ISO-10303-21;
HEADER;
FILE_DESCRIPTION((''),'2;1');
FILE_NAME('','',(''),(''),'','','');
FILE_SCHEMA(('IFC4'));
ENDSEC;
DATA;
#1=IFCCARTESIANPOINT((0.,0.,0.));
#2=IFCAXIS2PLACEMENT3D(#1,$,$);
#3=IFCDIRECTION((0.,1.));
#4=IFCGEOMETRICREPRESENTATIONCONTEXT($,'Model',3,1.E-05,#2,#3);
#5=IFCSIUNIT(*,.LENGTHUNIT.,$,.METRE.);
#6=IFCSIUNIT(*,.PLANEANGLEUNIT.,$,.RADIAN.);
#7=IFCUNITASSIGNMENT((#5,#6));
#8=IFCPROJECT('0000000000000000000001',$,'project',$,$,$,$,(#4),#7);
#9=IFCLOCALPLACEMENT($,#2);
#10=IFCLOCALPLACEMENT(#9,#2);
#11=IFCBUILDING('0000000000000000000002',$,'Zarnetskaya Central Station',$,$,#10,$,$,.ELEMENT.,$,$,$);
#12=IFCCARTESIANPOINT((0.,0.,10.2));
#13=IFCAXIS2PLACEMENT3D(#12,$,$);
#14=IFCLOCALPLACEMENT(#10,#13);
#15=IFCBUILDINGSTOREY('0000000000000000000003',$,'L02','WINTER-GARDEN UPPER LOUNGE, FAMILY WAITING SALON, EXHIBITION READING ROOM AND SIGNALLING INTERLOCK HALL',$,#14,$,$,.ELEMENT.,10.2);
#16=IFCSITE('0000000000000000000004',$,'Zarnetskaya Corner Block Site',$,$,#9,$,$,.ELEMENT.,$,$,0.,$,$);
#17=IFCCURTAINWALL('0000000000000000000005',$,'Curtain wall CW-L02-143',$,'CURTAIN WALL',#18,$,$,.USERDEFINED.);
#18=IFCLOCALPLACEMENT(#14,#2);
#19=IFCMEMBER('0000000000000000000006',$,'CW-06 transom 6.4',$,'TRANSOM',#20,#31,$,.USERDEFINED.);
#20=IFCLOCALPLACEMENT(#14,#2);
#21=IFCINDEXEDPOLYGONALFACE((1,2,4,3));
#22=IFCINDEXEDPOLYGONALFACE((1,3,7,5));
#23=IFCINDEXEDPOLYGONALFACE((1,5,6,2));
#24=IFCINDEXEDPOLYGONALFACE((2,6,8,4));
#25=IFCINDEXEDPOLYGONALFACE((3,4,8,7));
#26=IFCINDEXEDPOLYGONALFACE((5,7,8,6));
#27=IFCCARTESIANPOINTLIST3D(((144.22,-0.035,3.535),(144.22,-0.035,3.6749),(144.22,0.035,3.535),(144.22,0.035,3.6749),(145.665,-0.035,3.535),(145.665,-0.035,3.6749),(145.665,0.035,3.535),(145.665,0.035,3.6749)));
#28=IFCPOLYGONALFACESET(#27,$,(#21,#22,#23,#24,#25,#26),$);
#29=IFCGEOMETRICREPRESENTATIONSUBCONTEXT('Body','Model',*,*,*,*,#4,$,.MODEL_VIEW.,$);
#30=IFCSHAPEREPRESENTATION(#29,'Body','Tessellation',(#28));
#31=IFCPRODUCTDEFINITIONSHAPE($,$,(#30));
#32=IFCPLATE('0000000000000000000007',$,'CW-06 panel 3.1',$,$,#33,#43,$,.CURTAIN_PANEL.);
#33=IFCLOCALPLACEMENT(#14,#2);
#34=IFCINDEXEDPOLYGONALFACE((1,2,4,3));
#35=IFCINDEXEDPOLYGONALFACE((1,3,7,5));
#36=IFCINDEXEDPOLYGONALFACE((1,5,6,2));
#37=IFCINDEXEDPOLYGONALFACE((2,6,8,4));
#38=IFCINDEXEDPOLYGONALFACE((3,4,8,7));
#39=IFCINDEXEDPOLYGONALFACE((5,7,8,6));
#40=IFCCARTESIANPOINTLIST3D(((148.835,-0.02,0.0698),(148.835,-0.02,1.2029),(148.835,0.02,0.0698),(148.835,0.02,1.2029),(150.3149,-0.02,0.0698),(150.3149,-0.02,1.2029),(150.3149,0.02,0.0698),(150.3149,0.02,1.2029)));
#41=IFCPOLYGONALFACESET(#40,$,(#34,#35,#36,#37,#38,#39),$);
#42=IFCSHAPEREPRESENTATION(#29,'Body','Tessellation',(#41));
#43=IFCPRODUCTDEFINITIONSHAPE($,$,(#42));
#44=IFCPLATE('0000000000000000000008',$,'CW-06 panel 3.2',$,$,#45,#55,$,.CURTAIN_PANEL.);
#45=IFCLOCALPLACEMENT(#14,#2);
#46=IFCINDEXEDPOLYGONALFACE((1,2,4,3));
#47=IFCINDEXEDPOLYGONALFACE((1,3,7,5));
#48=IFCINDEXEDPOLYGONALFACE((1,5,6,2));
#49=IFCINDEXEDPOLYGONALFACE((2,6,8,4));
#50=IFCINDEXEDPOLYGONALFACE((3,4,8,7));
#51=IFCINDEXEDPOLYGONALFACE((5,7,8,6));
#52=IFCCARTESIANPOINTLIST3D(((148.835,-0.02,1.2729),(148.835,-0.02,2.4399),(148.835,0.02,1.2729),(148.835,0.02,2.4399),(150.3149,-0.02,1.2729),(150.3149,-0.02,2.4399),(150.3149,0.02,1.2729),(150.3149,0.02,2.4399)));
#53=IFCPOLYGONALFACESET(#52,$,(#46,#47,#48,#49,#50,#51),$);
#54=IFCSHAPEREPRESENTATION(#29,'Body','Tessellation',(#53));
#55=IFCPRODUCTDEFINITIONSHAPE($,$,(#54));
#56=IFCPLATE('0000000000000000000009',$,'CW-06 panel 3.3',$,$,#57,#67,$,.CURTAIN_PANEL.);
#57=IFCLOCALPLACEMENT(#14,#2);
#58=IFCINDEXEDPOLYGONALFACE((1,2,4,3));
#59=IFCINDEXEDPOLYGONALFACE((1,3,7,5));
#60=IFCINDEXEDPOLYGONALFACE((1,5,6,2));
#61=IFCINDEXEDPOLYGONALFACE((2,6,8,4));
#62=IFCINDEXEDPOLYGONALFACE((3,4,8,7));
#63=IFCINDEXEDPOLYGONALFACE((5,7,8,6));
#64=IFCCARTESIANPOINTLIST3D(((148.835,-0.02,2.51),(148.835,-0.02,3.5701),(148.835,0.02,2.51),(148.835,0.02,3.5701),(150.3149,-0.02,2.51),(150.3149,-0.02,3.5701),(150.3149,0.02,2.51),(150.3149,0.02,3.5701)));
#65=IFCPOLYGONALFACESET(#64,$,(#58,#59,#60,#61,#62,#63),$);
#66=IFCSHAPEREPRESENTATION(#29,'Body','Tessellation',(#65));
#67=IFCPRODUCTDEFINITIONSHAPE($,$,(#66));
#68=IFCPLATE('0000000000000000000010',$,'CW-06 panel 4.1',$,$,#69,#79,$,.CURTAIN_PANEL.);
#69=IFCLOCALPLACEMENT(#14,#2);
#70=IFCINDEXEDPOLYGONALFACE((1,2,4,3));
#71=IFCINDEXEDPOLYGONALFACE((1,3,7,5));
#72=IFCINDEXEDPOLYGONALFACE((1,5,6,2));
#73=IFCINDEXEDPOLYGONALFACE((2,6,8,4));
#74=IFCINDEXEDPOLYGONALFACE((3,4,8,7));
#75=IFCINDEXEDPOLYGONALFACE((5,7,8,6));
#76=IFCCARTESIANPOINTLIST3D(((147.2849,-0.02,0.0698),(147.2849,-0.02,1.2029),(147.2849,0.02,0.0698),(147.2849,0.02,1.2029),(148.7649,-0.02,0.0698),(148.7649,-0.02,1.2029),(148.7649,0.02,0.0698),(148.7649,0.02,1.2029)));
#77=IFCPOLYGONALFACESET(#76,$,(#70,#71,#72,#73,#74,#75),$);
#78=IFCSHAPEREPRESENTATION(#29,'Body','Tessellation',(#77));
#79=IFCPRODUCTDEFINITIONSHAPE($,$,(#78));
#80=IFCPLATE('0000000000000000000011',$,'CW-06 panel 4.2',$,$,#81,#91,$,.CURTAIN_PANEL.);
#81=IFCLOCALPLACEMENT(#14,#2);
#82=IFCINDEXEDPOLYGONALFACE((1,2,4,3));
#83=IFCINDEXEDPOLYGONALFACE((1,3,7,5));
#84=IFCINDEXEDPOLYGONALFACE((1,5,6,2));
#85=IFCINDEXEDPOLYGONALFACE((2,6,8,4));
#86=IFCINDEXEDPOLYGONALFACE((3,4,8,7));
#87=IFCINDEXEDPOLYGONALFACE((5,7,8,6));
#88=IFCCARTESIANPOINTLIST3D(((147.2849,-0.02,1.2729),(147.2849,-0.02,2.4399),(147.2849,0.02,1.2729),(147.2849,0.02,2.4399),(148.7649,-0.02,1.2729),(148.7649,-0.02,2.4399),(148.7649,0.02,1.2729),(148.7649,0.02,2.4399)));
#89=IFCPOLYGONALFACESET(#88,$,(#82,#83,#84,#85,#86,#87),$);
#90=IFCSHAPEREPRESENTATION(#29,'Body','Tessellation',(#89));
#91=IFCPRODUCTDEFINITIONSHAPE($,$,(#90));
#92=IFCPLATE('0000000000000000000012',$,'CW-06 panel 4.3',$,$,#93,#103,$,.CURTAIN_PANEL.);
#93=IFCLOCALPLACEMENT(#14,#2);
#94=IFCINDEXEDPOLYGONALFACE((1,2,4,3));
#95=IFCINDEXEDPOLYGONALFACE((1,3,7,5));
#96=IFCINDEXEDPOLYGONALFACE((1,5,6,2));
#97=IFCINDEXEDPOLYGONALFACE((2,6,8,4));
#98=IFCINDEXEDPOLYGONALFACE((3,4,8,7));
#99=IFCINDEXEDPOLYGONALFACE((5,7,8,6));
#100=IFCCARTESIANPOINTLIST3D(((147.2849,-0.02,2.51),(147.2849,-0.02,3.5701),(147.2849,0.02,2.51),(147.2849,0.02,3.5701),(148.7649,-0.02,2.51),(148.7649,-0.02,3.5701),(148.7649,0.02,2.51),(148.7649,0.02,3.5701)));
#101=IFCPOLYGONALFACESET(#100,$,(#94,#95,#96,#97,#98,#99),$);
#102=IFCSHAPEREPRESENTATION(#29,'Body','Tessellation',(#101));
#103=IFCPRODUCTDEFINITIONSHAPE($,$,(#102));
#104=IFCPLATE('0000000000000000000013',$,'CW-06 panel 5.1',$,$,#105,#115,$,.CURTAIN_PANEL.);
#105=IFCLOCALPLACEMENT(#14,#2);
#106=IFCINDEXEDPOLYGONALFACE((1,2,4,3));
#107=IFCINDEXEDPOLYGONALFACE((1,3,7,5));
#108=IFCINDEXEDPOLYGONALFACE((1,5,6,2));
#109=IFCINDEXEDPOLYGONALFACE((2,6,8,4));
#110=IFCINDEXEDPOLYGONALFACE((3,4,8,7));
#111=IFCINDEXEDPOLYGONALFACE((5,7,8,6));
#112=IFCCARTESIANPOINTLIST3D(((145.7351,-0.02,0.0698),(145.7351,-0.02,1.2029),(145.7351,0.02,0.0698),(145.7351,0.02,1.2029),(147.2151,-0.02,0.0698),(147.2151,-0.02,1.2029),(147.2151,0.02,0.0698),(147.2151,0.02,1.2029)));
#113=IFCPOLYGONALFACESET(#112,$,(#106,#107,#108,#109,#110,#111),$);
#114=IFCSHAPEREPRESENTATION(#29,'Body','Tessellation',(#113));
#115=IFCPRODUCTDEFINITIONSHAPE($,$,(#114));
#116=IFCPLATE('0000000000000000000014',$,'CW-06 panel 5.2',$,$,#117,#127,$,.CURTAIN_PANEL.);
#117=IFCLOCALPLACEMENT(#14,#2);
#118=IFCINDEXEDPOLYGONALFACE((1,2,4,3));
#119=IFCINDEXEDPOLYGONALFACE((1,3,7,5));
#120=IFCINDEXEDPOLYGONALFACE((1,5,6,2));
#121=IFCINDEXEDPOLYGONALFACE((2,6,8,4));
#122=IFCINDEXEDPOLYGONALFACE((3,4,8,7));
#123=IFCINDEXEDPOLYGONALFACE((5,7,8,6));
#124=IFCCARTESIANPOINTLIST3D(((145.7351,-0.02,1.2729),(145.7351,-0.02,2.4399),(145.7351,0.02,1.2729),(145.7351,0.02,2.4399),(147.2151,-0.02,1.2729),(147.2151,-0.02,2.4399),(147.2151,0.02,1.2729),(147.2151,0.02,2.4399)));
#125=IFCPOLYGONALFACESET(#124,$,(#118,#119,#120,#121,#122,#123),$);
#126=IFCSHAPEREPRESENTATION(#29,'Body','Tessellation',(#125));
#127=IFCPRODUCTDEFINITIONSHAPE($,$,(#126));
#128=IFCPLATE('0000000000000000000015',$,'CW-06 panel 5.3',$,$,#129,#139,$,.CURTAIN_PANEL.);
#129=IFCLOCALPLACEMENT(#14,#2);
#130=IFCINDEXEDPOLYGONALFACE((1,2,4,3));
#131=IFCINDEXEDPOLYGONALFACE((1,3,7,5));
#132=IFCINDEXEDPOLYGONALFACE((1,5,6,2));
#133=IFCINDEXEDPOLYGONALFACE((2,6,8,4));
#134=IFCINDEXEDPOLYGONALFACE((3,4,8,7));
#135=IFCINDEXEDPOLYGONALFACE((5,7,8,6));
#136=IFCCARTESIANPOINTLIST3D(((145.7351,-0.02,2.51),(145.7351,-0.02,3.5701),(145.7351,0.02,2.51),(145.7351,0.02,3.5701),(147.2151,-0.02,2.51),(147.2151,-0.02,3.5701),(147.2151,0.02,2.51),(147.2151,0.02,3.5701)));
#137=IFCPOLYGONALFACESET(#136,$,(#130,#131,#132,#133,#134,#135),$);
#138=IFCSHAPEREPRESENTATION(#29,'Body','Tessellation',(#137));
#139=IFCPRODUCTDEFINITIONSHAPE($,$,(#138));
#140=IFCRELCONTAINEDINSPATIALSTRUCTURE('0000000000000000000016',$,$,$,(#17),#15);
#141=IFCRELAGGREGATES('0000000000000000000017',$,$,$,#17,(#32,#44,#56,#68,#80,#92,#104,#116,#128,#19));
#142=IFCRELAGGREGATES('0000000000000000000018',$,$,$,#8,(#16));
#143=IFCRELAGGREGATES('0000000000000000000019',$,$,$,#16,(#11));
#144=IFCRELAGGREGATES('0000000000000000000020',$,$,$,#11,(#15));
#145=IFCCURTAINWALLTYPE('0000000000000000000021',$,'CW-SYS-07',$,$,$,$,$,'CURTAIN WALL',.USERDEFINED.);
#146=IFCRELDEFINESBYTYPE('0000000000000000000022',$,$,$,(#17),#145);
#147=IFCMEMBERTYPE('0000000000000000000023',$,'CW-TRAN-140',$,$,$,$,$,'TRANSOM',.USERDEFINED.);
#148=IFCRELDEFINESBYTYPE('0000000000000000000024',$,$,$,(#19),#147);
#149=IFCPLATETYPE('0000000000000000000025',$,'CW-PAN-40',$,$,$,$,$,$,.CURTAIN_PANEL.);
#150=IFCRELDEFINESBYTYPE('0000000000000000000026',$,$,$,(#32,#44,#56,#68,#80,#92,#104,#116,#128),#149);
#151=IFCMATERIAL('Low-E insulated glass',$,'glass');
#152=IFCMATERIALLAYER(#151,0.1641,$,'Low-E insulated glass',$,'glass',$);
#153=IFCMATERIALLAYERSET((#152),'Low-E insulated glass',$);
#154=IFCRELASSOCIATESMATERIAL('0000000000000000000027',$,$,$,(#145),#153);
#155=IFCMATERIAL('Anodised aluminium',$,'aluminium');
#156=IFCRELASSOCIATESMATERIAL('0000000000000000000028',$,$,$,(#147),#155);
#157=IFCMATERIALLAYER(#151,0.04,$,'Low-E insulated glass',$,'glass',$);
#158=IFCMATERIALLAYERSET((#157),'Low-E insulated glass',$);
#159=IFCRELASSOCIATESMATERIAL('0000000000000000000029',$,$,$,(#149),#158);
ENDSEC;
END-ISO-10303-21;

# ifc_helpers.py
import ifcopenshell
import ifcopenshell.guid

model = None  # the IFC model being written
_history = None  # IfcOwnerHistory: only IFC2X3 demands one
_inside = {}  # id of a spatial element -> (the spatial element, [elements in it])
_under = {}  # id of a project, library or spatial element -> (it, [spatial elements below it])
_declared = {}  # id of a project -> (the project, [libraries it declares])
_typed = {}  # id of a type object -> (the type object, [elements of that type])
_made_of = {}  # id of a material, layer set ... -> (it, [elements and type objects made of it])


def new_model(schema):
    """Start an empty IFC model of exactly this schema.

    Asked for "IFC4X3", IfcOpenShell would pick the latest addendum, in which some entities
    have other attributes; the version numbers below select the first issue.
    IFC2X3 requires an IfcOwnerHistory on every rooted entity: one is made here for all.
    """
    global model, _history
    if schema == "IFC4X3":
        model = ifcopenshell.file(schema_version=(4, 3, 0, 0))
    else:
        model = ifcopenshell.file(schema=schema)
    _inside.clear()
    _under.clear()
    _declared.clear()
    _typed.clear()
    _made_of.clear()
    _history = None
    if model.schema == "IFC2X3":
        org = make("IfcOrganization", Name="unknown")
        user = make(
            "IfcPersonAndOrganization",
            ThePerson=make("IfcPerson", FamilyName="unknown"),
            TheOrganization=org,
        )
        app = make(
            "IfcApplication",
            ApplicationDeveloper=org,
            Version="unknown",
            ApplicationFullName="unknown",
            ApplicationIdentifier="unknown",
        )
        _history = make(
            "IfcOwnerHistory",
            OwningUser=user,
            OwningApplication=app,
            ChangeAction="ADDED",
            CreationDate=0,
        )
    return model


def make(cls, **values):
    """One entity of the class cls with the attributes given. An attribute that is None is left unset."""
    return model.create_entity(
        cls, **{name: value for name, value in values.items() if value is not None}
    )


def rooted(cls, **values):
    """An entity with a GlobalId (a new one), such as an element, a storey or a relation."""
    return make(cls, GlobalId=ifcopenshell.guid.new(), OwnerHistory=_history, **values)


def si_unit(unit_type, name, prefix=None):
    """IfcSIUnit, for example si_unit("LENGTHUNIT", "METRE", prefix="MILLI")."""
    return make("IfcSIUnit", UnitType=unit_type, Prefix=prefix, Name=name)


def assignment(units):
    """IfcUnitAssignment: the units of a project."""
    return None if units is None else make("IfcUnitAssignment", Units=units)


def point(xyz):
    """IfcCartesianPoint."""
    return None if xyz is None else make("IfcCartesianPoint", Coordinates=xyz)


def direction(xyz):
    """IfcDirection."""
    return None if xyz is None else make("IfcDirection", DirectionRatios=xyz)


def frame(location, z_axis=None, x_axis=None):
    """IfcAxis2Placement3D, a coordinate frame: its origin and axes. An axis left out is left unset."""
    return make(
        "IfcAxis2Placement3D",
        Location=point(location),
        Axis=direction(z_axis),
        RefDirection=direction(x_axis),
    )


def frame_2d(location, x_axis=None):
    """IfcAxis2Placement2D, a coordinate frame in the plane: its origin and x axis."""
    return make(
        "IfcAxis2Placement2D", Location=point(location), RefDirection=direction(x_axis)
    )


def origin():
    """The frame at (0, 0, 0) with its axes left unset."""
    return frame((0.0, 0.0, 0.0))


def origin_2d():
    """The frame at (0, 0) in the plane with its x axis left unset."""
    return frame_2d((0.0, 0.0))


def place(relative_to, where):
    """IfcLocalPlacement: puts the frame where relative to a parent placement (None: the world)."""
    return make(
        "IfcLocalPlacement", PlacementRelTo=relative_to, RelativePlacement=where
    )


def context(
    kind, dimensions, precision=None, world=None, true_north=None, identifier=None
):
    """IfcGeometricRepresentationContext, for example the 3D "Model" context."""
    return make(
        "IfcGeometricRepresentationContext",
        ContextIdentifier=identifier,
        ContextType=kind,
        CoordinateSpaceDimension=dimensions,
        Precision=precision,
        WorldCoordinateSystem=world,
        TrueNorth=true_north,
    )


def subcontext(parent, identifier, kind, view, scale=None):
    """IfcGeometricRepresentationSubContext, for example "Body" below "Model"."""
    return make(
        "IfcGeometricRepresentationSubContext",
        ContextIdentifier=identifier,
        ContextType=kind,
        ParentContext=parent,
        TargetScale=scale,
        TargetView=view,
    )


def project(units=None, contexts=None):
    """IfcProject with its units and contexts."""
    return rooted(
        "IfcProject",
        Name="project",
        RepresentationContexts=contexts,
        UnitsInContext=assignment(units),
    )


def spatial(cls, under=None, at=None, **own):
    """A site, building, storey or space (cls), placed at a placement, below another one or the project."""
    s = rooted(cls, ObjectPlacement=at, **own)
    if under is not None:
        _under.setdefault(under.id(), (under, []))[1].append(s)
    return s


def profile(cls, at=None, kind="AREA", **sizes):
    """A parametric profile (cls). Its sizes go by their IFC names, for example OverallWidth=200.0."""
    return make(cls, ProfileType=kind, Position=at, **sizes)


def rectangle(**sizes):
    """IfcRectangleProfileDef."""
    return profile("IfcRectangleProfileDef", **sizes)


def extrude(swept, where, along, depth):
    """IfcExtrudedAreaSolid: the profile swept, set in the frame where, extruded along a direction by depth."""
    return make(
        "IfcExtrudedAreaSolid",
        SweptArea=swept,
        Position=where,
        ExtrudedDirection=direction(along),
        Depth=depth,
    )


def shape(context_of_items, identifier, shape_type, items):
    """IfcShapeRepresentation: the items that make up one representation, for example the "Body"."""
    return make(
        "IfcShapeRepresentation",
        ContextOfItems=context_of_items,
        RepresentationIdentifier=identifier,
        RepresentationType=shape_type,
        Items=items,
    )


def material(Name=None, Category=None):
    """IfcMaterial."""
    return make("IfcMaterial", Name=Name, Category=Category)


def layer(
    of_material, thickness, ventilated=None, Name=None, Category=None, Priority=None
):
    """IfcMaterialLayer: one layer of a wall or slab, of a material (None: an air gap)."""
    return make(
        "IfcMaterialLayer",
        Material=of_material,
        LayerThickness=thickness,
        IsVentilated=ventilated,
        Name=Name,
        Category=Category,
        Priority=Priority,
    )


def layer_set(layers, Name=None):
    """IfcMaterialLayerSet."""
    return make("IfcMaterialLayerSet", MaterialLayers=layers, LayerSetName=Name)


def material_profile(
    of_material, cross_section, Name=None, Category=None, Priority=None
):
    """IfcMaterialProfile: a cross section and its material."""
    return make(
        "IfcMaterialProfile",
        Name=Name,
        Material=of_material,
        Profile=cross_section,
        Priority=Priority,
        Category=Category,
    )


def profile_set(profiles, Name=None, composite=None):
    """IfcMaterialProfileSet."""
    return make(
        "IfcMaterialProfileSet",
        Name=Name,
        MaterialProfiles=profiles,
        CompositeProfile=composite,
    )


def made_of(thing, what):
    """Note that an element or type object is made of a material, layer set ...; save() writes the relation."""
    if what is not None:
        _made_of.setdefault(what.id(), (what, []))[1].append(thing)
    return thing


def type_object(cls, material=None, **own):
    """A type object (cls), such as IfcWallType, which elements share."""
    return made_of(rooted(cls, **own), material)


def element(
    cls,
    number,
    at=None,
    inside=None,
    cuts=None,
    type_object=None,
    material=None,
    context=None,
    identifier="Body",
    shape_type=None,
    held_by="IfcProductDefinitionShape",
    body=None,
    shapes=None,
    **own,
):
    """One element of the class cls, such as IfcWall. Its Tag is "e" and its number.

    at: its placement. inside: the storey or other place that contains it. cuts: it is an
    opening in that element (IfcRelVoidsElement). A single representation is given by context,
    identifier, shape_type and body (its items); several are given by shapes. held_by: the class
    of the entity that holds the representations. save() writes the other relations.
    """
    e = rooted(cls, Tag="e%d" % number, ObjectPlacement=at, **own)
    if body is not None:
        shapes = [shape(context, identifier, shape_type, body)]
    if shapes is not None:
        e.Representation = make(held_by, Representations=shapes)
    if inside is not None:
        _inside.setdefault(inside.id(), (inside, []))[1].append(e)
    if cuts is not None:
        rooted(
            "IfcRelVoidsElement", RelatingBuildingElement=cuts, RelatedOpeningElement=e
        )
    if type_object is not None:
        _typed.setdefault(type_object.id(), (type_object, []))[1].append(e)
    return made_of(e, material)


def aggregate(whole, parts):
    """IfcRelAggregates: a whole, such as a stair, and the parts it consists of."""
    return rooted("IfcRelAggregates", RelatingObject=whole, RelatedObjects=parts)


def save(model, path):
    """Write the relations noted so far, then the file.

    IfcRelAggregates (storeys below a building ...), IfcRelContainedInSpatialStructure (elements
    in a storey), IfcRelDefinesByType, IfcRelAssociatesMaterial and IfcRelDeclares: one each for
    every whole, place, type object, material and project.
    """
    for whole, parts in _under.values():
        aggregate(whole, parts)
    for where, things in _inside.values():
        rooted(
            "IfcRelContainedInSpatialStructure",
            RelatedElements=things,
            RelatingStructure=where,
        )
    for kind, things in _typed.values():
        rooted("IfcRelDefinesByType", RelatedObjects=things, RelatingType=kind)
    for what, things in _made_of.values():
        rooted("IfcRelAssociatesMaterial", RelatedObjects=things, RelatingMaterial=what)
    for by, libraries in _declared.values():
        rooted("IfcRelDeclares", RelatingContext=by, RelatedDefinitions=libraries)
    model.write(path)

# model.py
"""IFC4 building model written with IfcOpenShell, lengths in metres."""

from ifc_helpers import new_model, si_unit, direction, frame, origin, origin_2d, place, context, subcontext, project, spatial, rectangle, extrude, material, layer, layer_set, material_profile, profile_set, type_object, element, aggregate, save


model = new_model("IFC4")

# Units and contexts
model_context = context("Model", 3, precision=1e-05, world=origin(), true_north=direction((0.0, 1.0)))
body_context = subcontext(model_context, "Body", "Model", "MODEL_VIEW")
ifc_project = project(units=[si_unit("LENGTHUNIT", "METRE"), si_unit("PLANEANGLEUNIT", "RADIAN")], contexts=[model_context])

# Site, building, storey
site_placement = place(None, origin())
site = spatial("IfcSite", under=ifc_project, at=site_placement, Name="Zarnetskaya Corner Block Site", CompositionType="ELEMENT", RefElevation=0.0)
building_placement = place(site_placement, origin())
building = spatial("IfcBuilding", under=site, at=building_placement, Name="Zarnetskaya Central Station", CompositionType="ELEMENT")
storey_placement = place(building_placement, frame((0.0, 0.0, 10.2)))
storey = spatial("IfcBuildingStorey", under=building, at=storey_placement, Name="L02", Description="WINTER-GARDEN UPPER LOUNGE, FAMILY WAITING SALON, EXHIBITION READING ROOM AND SIGNALLING INTERLOCK HALL", CompositionType="ELEMENT", Elevation=10.2)

# Curtain wall, member, plates
ifc_material_1 = material(Name="Low-E insulated glass", Category="glass")
ifc_layer_1 = layer(ifc_material_1, 0.1641, Name="Low-E insulated glass", Category="glass")
ifc_layer_set_1 = layer_set([ifc_layer_1], Name="Low-E insulated glass")
curtain_wall_type = type_object("IfcCurtainWallType", Name="CW-SYS-07", ElementType="CURTAIN WALL", PredefinedType="USERDEFINED", material=ifc_layer_set_1)
curtain_wall_placement = place(storey_placement, origin())
curtain_wall = element("IfcCurtainWall", 1, at=curtain_wall_placement, inside=storey, type_object=curtain_wall_type, Name="Curtain wall CW-L02-143", ObjectType="CURTAIN WALL", PredefinedType="USERDEFINED")
ifc_material_2 = material(Name="Anodised aluminium", Category="aluminium")
ifc_material_profile_1 = material_profile(ifc_material_2, rectangle(XDim=0.0701, YDim=0.1399, at=origin_2d()), Name="ALU TRAN 70x140")
ifc_profile_set_1 = profile_set([ifc_material_profile_1], Name="Anodised aluminium")
member_type_1 = type_object("IfcMemberType", Name="CW-TRAN-140", ElementType="TRANSOM", PredefinedType="USERDEFINED", material=ifc_profile_set_1)
member_1_placement = place(storey_placement, frame((145.665, 0.0, 3.605), z_axis=(-1.0, 0.0, 0.0), x_axis=(0.0, -1.0, 0.0)))
member_1 = element("IfcMember", 2, at=member_1_placement, type_object=member_type_1, Name="CW-06 transom 6.4", ObjectType="TRANSOM", PredefinedType="USERDEFINED", context=body_context, shape_type="SweptSolid", body=[
    extrude(rectangle(XDim=0.0701, YDim=0.1399, at=origin_2d()), origin(), (0.0, 0.0, 1.0), 1.4451),
])
ifc_layer_2 = layer(ifc_material_1, 0.04, Name="Low-E insulated glass", Category="glass")
ifc_layer_set_2 = layer_set([ifc_layer_2], Name="Low-E insulated glass")
plate_type = type_object("IfcPlateType", Name="CW-PAN-40", PredefinedType="CURTAIN_PANEL", material=ifc_layer_set_2)
plate_1_placement = place(storey_placement, frame((149.575, 0.0, 0.0698), z_axis=(0.0, 0.0, 1.0), x_axis=(-1.0, 0.0, 0.0)))
plate_1 = element("IfcPlate", 3, at=plate_1_placement, type_object=plate_type, Name="CW-06 panel 3.1", PredefinedType="CURTAIN_PANEL", context=body_context, shape_type="SweptSolid", body=[
    extrude(rectangle(XDim=1.48, YDim=0.04, at=origin_2d()), origin(), (0.0, 0.0, 1.0), 1.1331),
])
plate_2_placement = place(storey_placement, frame((149.575, 0.0, 1.2729), z_axis=(0.0, 0.0, 1.0), x_axis=(-1.0, 0.0, 0.0)))
plate_2 = element("IfcPlate", 4, at=plate_2_placement, type_object=plate_type, Name="CW-06 panel 3.2", PredefinedType="CURTAIN_PANEL", context=body_context, shape_type="SweptSolid", body=[
    extrude(rectangle(XDim=1.48, YDim=0.04, at=origin_2d()), origin(), (0.0, 0.0, 1.0), 1.167),
])
plate_3_placement = place(storey_placement, frame((149.575, 0.0, 2.51), z_axis=(0.0, 0.0, 1.0), x_axis=(-1.0, 0.0, 0.0)))
plate_3 = element("IfcPlate", 5, at=plate_3_placement, type_object=plate_type, Name="CW-06 panel 3.3", PredefinedType="CURTAIN_PANEL", context=body_context, shape_type="SweptSolid", body=[
    extrude(rectangle(XDim=1.48, YDim=0.04, at=origin_2d()), origin(), (0.0, 0.0, 1.0), 1.0601),
])
plate_4_placement = place(storey_placement, frame((148.0249, 0.0, 0.0698), z_axis=(0.0, 0.0, 1.0), x_axis=(-1.0, 0.0, 0.0)))
plate_4 = element("IfcPlate", 6, at=plate_4_placement, type_object=plate_type, Name="CW-06 panel 4.1", PredefinedType="CURTAIN_PANEL", context=body_context, shape_type="SweptSolid", body=[
    extrude(rectangle(XDim=1.48, YDim=0.04, at=origin_2d()), origin(), (0.0, 0.0, 1.0), 1.1331),
])
plate_5_placement = place(storey_placement, frame((148.0249, 0.0, 1.2729), z_axis=(0.0, 0.0, 1.0), x_axis=(-1.0, 0.0, 0.0)))
plate_5 = element("IfcPlate", 7, at=plate_5_placement, type_object=plate_type, Name="CW-06 panel 4.2", PredefinedType="CURTAIN_PANEL", context=body_context, shape_type="SweptSolid", body=[
    extrude(rectangle(XDim=1.48, YDim=0.04, at=origin_2d()), origin(), (0.0, 0.0, 1.0), 1.167),
])
plate_6_placement = place(storey_placement, frame((148.0249, 0.0, 2.51), z_axis=(0.0, 0.0, 1.0), x_axis=(-1.0, 0.0, 0.0)))
plate_6 = element("IfcPlate", 8, at=plate_6_placement, type_object=plate_type, Name="CW-06 panel 4.3", PredefinedType="CURTAIN_PANEL", context=body_context, shape_type="SweptSolid", body=[
    extrude(rectangle(XDim=1.48, YDim=0.04, at=origin_2d()), origin(), (0.0, 0.0, 1.0), 1.0601),
])
plate_7_placement = place(storey_placement, frame((146.4751, 0.0, 0.0698), z_axis=(0.0, 0.0, 1.0), x_axis=(-1.0, 0.0, 0.0)))
plate_7 = element("IfcPlate", 9, at=plate_7_placement, type_object=plate_type, Name="CW-06 panel 5.1", PredefinedType="CURTAIN_PANEL", context=body_context, shape_type="SweptSolid", body=[
    extrude(rectangle(XDim=1.48, YDim=0.04, at=origin_2d()), origin(), (0.0, 0.0, 1.0), 1.1331),
])
plate_8_placement = place(storey_placement, frame((146.4751, 0.0, 1.2729), z_axis=(0.0, 0.0, 1.0), x_axis=(-1.0, 0.0, 0.0)))
plate_8 = element("IfcPlate", 10, at=plate_8_placement, type_object=plate_type, Name="CW-06 panel 5.2", PredefinedType="CURTAIN_PANEL", context=body_context, shape_type="SweptSolid", body=[
    extrude(rectangle(XDim=1.48, YDim=0.04, at=origin_2d()), origin(), (0.0, 0.0, 1.0), 1.167),
])
plate_9_placement = place(storey_placement, frame((146.4751, 0.0, 2.51), z_axis=(0.0, 0.0, 1.0), x_axis=(-1.0, 0.0, 0.0)))
plate_9 = element("IfcPlate", 11, at=plate_9_placement, type_object=plate_type, Name="CW-06 panel 5.3", PredefinedType="CURTAIN_PANEL", context=body_context, shape_type="SweptSolid", body=[
    extrude(rectangle(XDim=1.48, YDim=0.04, at=origin_2d()), origin(), (0.0, 0.0, 1.0), 1.0601),
])
aggregate(curtain_wall, [plate_1, plate_2, plate_3, plate_4, plate_5, plate_6, plate_7, plate_8, plate_9, member_1])

save(model, "model.ifc")
